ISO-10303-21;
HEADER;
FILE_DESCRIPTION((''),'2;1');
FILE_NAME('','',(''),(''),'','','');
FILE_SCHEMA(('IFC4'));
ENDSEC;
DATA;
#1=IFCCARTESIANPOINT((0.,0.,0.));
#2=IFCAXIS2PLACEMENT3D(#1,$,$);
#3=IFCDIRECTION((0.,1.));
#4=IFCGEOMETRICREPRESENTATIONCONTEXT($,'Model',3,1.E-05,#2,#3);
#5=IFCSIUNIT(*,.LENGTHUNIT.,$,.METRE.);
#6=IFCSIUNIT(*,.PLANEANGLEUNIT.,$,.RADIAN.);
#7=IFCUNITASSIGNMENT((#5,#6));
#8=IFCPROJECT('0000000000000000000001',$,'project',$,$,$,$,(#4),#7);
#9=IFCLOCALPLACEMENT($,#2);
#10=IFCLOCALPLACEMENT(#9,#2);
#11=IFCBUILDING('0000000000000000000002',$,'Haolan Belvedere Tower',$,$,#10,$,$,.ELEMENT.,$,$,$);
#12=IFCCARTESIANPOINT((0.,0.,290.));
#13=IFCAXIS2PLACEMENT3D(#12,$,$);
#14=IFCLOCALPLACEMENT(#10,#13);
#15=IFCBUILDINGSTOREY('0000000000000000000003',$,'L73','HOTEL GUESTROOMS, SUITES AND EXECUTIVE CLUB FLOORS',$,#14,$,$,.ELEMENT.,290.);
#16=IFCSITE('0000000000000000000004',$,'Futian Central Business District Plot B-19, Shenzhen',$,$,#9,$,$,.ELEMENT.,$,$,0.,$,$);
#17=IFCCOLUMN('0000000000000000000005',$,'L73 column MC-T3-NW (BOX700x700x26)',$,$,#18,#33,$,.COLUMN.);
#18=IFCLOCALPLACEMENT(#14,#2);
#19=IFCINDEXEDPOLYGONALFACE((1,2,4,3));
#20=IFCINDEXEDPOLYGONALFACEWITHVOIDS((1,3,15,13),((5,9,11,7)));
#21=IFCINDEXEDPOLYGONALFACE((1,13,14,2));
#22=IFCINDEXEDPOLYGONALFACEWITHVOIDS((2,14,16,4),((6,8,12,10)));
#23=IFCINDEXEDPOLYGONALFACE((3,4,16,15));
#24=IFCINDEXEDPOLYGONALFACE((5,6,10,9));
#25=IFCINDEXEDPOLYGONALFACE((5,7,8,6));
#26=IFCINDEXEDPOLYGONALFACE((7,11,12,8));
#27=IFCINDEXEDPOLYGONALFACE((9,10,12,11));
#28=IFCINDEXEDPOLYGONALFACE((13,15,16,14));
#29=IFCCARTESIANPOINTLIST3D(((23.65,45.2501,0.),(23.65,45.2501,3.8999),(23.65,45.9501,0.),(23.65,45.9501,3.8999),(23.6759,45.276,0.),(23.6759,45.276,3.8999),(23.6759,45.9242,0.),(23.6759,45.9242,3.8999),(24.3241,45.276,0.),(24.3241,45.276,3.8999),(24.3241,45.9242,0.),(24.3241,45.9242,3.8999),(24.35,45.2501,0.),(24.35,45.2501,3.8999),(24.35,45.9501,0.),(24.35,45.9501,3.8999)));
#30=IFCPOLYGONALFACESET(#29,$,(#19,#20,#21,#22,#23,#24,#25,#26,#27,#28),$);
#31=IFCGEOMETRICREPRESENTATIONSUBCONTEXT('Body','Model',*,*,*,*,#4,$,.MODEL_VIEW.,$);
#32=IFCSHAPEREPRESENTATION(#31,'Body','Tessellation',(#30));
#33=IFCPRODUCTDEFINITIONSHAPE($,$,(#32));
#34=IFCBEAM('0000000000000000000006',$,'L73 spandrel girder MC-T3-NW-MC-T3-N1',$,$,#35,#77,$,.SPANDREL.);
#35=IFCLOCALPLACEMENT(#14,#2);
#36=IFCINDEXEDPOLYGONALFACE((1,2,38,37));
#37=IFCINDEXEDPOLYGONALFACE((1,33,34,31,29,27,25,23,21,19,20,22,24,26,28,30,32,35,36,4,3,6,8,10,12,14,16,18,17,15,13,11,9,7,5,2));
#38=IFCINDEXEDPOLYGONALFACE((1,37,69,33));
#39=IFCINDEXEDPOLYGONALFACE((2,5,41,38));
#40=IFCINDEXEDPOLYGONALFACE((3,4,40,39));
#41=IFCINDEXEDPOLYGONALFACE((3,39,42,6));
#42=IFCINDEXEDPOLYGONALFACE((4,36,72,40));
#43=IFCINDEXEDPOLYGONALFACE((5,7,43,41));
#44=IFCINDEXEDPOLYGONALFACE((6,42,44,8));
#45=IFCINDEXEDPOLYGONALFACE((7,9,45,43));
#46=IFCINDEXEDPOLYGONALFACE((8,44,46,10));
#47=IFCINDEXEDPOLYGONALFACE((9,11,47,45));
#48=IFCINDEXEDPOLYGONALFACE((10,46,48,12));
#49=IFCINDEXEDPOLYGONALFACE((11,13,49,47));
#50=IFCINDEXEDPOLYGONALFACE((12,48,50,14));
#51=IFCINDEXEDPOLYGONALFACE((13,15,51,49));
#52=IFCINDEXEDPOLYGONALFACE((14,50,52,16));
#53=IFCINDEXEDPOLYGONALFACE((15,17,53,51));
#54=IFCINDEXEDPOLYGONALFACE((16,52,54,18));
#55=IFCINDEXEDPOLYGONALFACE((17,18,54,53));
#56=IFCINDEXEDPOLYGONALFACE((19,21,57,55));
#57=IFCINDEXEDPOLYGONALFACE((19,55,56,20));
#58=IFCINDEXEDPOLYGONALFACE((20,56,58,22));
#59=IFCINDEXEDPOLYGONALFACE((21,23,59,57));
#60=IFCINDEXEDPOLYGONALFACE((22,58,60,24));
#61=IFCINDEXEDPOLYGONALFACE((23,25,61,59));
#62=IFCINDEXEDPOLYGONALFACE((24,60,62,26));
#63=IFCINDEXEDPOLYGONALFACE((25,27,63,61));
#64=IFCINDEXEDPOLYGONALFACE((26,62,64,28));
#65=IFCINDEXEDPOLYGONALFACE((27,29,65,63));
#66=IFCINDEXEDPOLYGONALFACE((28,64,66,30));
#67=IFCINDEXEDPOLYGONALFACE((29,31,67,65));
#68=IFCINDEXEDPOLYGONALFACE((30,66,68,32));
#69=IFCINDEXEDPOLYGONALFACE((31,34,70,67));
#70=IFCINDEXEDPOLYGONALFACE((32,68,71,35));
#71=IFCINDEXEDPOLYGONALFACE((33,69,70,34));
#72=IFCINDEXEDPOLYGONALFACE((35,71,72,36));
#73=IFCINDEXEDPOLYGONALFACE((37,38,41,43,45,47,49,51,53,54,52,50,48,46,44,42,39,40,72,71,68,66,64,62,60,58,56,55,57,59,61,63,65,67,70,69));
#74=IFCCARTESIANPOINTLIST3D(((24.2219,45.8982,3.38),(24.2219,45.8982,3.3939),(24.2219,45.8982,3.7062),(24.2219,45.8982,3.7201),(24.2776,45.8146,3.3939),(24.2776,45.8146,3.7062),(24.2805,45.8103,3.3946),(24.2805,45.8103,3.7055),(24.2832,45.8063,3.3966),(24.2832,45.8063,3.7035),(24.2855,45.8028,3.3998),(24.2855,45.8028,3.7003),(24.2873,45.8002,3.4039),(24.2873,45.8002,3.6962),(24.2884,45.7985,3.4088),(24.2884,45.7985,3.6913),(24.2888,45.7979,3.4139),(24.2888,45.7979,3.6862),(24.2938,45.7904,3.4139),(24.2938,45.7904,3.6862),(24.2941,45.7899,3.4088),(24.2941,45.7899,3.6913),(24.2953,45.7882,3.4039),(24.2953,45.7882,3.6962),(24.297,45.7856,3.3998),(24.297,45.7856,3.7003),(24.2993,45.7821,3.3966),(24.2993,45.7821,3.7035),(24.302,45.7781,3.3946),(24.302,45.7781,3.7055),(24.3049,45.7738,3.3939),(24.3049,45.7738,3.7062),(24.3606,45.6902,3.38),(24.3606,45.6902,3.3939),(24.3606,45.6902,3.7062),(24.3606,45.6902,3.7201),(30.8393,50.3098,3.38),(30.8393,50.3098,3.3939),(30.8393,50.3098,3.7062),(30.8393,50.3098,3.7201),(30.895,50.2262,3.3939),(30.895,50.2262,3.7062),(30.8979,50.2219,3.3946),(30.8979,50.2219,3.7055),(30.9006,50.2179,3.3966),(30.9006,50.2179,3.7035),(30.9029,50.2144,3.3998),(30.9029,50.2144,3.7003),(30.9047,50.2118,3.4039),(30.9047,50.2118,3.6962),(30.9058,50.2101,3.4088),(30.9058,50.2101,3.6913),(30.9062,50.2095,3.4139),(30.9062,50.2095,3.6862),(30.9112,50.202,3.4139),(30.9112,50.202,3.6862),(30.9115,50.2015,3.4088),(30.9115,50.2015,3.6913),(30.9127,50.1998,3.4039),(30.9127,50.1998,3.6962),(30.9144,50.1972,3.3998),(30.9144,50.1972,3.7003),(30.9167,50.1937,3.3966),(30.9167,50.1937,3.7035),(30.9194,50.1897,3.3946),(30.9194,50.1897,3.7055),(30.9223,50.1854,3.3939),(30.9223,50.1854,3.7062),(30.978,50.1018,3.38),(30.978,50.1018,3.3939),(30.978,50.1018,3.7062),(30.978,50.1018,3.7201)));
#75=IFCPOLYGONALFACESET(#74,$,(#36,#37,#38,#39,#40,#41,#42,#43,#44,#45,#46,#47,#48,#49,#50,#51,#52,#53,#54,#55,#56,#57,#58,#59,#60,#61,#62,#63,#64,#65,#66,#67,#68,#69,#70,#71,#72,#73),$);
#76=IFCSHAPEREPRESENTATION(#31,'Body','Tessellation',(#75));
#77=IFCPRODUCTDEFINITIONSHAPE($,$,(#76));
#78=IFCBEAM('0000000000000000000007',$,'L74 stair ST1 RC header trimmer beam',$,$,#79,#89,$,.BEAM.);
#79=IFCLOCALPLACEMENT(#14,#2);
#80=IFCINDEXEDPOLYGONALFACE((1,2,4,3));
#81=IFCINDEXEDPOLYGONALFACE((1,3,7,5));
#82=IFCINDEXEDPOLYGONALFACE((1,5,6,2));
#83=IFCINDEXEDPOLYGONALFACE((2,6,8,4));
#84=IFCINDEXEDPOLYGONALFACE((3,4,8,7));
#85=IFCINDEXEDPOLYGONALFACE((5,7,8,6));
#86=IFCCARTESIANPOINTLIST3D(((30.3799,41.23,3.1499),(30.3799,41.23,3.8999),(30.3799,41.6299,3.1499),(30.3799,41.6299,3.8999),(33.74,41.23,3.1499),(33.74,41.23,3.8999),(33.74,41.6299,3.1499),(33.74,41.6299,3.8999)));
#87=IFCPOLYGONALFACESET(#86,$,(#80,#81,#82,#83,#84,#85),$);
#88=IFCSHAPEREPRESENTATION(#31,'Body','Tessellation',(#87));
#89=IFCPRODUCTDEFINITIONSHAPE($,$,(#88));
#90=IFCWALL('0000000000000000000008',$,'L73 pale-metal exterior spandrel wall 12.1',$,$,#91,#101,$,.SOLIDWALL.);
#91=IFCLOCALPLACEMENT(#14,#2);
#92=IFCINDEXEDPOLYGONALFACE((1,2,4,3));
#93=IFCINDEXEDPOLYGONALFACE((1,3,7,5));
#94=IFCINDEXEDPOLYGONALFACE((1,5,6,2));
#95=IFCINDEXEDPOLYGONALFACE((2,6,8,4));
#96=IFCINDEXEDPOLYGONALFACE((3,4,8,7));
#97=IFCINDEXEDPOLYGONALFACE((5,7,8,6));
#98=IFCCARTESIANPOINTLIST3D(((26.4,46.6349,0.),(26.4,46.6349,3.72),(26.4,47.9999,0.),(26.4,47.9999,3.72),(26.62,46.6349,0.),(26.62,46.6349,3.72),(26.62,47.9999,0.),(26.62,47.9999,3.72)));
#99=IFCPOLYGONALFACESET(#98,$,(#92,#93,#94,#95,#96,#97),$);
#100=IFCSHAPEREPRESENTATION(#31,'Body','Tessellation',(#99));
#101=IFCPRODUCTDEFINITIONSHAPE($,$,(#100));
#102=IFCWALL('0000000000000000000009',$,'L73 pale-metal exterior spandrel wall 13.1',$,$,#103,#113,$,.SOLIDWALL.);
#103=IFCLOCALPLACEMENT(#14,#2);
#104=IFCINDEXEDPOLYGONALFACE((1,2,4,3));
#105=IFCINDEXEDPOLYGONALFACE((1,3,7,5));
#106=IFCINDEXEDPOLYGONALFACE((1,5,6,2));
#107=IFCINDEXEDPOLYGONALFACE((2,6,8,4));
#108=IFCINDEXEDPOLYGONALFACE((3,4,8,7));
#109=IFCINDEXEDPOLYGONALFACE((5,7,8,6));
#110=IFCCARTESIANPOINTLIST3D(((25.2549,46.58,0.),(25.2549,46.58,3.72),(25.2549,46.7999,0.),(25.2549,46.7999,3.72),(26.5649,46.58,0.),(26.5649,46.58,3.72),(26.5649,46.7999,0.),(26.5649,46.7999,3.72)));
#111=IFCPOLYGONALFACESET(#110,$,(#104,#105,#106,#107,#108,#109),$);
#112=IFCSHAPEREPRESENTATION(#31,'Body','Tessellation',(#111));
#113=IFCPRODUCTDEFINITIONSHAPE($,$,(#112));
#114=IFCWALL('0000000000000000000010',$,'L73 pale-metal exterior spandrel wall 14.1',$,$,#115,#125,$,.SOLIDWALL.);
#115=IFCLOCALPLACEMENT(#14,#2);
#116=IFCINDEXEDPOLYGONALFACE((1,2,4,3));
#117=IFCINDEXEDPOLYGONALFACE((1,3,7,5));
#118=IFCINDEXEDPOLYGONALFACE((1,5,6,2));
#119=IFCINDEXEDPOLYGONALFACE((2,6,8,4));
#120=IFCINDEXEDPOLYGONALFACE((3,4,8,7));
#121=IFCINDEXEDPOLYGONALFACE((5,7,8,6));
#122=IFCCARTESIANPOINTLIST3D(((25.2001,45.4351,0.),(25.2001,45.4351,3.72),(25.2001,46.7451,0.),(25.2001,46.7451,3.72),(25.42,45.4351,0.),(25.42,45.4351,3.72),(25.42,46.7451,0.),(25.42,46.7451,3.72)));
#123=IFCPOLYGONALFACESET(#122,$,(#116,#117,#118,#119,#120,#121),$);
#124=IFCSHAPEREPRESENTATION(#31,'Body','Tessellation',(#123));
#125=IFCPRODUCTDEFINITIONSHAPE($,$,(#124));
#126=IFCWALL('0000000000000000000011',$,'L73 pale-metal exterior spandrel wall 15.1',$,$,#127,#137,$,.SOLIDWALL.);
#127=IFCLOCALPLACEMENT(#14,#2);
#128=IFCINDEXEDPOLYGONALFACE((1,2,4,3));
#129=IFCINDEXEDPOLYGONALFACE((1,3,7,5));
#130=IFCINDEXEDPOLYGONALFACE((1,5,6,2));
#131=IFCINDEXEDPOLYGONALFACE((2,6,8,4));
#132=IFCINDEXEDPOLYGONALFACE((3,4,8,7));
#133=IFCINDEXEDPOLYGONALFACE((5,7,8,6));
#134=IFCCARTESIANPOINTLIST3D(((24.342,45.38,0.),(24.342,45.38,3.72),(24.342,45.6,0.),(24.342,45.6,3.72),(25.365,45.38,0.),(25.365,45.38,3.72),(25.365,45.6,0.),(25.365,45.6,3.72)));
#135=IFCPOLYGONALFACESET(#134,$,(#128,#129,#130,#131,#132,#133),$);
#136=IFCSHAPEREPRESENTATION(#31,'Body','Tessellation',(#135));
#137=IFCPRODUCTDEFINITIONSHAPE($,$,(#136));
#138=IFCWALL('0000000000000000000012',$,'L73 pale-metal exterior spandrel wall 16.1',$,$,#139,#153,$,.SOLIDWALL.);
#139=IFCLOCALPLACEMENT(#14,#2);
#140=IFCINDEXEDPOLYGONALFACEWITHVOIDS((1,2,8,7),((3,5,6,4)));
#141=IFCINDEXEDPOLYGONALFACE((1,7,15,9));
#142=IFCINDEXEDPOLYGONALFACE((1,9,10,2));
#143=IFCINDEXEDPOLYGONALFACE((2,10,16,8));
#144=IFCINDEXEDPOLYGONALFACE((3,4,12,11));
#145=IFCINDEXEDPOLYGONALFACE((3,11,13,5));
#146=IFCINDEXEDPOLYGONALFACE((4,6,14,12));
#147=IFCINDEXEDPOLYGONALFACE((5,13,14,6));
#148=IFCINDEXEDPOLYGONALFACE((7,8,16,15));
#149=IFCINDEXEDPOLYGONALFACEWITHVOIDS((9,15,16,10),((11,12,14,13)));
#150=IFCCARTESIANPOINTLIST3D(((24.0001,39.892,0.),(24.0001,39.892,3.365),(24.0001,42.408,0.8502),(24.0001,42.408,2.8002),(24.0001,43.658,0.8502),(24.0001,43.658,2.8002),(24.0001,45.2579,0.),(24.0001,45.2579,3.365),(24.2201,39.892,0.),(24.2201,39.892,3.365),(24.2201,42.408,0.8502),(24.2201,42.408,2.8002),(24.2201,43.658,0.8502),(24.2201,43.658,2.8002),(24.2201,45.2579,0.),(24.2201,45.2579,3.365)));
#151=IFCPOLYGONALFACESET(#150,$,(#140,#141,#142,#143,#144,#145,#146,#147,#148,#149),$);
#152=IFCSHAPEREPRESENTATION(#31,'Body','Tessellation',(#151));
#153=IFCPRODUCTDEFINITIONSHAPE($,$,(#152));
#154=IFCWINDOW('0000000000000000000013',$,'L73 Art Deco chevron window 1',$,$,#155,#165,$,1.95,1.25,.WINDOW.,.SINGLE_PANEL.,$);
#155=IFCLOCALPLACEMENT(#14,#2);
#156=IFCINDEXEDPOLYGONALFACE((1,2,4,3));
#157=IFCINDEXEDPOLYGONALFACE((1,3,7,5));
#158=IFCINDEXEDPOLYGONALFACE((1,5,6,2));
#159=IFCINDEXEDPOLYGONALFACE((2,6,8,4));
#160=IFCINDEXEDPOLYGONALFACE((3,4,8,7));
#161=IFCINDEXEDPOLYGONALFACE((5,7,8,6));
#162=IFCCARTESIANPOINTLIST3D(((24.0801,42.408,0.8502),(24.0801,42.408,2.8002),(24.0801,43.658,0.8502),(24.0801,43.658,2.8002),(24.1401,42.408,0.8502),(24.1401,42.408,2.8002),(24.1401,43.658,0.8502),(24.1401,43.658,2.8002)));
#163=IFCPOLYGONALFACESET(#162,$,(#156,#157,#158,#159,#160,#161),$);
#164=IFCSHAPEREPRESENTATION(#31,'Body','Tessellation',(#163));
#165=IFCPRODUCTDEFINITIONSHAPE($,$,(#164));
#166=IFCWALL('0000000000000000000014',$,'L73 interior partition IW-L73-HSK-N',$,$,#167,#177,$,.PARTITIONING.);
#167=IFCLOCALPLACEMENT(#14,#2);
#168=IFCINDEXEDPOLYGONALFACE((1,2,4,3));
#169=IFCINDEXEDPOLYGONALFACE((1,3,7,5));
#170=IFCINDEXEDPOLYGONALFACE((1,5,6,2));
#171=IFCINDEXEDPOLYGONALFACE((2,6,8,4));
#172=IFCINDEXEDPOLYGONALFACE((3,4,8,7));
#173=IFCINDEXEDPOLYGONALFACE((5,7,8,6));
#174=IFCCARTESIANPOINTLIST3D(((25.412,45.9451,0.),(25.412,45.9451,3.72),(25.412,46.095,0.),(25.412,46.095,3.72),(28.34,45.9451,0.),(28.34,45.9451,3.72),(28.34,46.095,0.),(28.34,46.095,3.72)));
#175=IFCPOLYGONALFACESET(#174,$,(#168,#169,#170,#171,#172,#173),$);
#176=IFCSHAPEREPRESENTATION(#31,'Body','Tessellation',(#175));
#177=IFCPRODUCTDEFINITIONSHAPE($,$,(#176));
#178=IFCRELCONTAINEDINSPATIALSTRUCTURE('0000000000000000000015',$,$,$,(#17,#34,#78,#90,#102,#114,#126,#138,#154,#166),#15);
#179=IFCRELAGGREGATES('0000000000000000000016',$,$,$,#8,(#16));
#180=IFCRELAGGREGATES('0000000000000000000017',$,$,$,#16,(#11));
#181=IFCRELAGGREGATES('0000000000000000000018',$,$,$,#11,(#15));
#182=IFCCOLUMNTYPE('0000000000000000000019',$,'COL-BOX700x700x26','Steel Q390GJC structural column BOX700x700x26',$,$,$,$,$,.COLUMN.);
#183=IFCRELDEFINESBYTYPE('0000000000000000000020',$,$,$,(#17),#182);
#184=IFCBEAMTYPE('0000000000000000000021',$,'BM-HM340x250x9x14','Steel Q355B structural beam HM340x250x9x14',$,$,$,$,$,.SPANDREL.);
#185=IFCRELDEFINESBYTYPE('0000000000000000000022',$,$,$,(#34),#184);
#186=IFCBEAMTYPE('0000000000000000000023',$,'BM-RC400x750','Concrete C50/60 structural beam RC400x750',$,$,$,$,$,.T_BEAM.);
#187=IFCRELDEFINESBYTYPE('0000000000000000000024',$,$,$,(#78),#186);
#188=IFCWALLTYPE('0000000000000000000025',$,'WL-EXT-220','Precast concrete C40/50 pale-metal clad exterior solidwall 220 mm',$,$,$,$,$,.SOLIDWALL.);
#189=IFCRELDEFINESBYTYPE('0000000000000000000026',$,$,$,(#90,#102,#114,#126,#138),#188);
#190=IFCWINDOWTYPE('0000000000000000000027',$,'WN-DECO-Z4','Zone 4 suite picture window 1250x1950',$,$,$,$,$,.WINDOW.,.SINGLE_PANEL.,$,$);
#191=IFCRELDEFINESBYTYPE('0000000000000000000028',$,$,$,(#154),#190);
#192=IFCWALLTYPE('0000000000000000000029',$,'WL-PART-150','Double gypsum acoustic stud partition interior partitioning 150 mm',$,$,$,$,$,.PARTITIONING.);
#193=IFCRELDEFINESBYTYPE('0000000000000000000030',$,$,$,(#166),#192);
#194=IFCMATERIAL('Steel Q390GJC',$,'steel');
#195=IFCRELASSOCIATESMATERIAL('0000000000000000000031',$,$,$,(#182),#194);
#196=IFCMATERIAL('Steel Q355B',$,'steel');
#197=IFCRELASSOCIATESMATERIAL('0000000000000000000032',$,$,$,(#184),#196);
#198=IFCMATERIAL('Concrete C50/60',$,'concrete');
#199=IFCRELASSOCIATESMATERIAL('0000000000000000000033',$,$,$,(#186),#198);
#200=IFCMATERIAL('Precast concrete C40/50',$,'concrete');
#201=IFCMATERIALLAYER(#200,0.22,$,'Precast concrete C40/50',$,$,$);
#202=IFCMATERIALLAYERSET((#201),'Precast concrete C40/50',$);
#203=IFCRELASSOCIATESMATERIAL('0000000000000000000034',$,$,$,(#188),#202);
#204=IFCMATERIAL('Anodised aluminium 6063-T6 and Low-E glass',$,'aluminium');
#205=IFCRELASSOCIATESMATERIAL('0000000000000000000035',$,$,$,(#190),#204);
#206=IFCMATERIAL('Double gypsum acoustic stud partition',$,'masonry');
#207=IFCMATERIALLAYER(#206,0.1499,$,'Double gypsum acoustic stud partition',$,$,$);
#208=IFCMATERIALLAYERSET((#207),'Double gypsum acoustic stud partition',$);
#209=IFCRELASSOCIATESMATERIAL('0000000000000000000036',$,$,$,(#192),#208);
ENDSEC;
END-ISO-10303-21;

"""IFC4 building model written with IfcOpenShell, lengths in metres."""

from ifc_helpers import new_model, si_unit, direction, frame, frame_2d, origin, origin_2d, place, context, subcontext, project, spatial, rectangle, hollow_rectangle, i_section, extrude, material, layer, layer_set, material_profile, profile_set, type_object, element, fill, save


model = new_model("IFC4")

# Units and contexts
model_context = context("Model", 3, precision=1e-05, world=origin(), true_north=direction((0.0, 1.0)))
body_context = subcontext(model_context, "Body", "Model", "MODEL_VIEW")
ifc_project = project(units=[si_unit("LENGTHUNIT", "METRE"), si_unit("PLANEANGLEUNIT", "RADIAN")], contexts=[model_context])

# Site, building, storey
site_placement = place(None, origin())
site = spatial("IfcSite", under=ifc_project, at=site_placement, Name="Futian Central Business District Plot B-19, Shenzhen", CompositionType="ELEMENT", RefElevation=0.0)
building_placement = place(site_placement, origin())
building = spatial("IfcBuilding", under=site, at=building_placement, Name="Haolan Belvedere Tower", CompositionType="ELEMENT")
storey_placement = place(building_placement, frame((0.0, 0.0, 290.0)))
storey = spatial("IfcBuildingStorey", under=building, at=storey_placement, Name="L73", Description="HOTEL GUESTROOMS, SUITES AND EXECUTIVE CLUB FLOORS", CompositionType="ELEMENT", Elevation=290.0)

# Column
ifc_material_1 = material(Name="Steel Q390GJC", Category="steel")
ifc_material_profile_1 = material_profile(ifc_material_1, hollow_rectangle(XDim=0.7, YDim=0.7, WallThickness=0.0259, at=origin_2d()), Name="Steel Q390GJC")
ifc_profile_set_1 = profile_set([ifc_material_profile_1], Name="Steel Q390GJC")
column_type = type_object("IfcColumnType", Name="COL-BOX700x700x26", Description="Steel Q390GJC structural column BOX700x700x26", PredefinedType="COLUMN", material=ifc_profile_set_1)
column_placement = place(storey_placement, frame((24.0, 45.6001, 0.0), z_axis=(0.0, 0.0, 1.0), x_axis=(1.0, 0.0, 0.0)))
element("IfcColumn", 1, at=column_placement, inside=storey, type_object=column_type, Name="L73 column MC-T3-NW (BOX700x700x26)", PredefinedType="COLUMN", context=body_context, shape_type="SweptSolid", body=[
    extrude(hollow_rectangle(XDim=0.7, YDim=0.7, WallThickness=0.0259, at=origin_2d()), origin(), (0.0, 0.0, 1.0), 3.8999),
])

# Beams
ifc_material_2 = material(Name="Steel Q355B", Category="steel")
ifc_material_profile_2 = material_profile(ifc_material_2, i_section(OverallWidth=0.25, OverallDepth=0.3401, WebThickness=0.009, FlangeThickness=0.0139, FilletRadius=0.02, at=origin_2d()), Name="Steel Q355B")
ifc_profile_set_2 = profile_set([ifc_material_profile_2], Name="Steel Q355B")
beam_type_1 = type_object("IfcBeamType", Name="BM-HM340x250x9x14", Description="Steel Q355B structural beam HM340x250x9x14", PredefinedType="SPANDREL", material=ifc_profile_set_2)
beam_1_placement = place(storey_placement, frame((24.2913, 45.7942, 3.55), z_axis=(0.83205, 0.5547, 0.0), x_axis=(-0.5547, 0.83205, 0.0)))
element("IfcBeam", 2, at=beam_1_placement, inside=storey, type_object=beam_type_1, Name="L73 spandrel girder MC-T3-NW-MC-T3-N1", PredefinedType="SPANDREL", context=body_context, shape_type="SweptSolid", body=[
    extrude(i_section(OverallWidth=0.25, OverallDepth=0.3401, WebThickness=0.009, FlangeThickness=0.0139, FilletRadius=0.02, at=origin_2d()), origin(), (0.0, 0.0, 1.0), 7.9531),
])
ifc_material_3 = material(Name="Concrete C50/60", Category="concrete")
ifc_material_profile_3 = material_profile(ifc_material_3, rectangle(XDim=0.3999, YDim=0.75, at=origin_2d()), Name="Concrete C50/60")
ifc_profile_set_3 = profile_set([ifc_material_profile_3], Name="Concrete C50/60")
beam_type_2 = type_object("IfcBeamType", Name="BM-RC400x750", Description="Concrete C50/60 structural beam RC400x750", PredefinedType="T_BEAM", material=ifc_profile_set_3)
beam_2_placement = place(storey_placement, frame((30.3799, 41.4299, 3.5249), z_axis=(1.0, 0.0, 0.0), x_axis=(0.0, 1.0, 0.0)))
element("IfcBeam", 3, at=beam_2_placement, inside=storey, type_object=beam_type_2, Name="L74 stair ST1 RC header trimmer beam", PredefinedType="BEAM", context=body_context, shape_type="SweptSolid", body=[
    extrude(rectangle(XDim=0.3999, YDim=0.75, at=origin_2d()), origin(), (0.0, 0.0, 1.0), 3.3601),
])

# Walls
ifc_material_4 = material(Name="Precast concrete C40/50", Category="concrete")
ifc_layer_1 = layer(ifc_material_4, 0.22, Name="Precast concrete C40/50")
ifc_layer_set_1 = layer_set([ifc_layer_1], Name="Precast concrete C40/50")
wall_type_1 = type_object("IfcWallType", Name="WL-EXT-220", Description="Precast concrete C40/50 pale-metal clad exterior solidwall 220 mm", PredefinedType="SOLIDWALL", material=ifc_layer_set_1)
wall_1_placement = place(storey_placement, frame((26.51, 48.0, 0.0), z_axis=(0.0, 0.0, 1.0), x_axis=(0.0, -1.0, 0.0)))
element("IfcWall", 4, at=wall_1_placement, inside=storey, type_object=wall_type_1, Name="L73 pale-metal exterior spandrel wall 12.1", PredefinedType="SOLIDWALL", context=body_context, shape_type="SweptSolid", body=[
    extrude(rectangle(XDim=1.365, YDim=0.22, at=frame_2d((0.6826, 0.0))), origin(), (0.0, 0.0, 1.0), 3.72),
])
for number, where, z_axis, x_axis, name in (
    (5, (26.5649, 46.6899, 0.0), (0.0, 0.0, 1.0), (-1.0, 0.0, 0.0), "L73 pale-metal exterior spandrel wall 13.1"),
    (6, (25.3101, 46.7451, 0.0), (0.0, 0.0, 1.0), (0.0, -1.0, 0.0), "L73 pale-metal exterior spandrel wall 14.1"),
):
    element("IfcWall", number, at=place(storey_placement, frame(where, z_axis=z_axis, x_axis=x_axis)), inside=storey, type_object=wall_type_1, Name=name, PredefinedType="SOLIDWALL", context=body_context, shape_type="SweptSolid", body=[
        extrude(rectangle(XDim=1.3101, YDim=0.22, at=frame_2d((0.655, 0.0))), origin(), (0.0, 0.0, 1.0), 3.72),
    ])
wall_2_placement = place(storey_placement, frame((25.365, 45.49, 0.0), z_axis=(0.0, 0.0, 1.0), x_axis=(-1.0, 0.0, 0.0)))
element("IfcWall", 7, at=wall_2_placement, inside=storey, type_object=wall_type_1, Name="L73 pale-metal exterior spandrel wall 15.1", PredefinedType="SOLIDWALL", context=body_context, shape_type="SweptSolid", body=[
    extrude(rectangle(XDim=1.0229, YDim=0.22, at=frame_2d((0.5115, 0.0))), origin(), (0.0, 0.0, 1.0), 3.72),
])

# Wall, opening, window
wall_3_placement = place(storey_placement, frame((24.1101, 45.2581, 0.0), z_axis=(0.0, 0.0, 1.0), x_axis=(0.0, -1.0, 0.0)))
wall_3 = element("IfcWall", 8, at=wall_3_placement, inside=storey, type_object=wall_type_1, Name="L73 pale-metal exterior spandrel wall 16.1", PredefinedType="SOLIDWALL", context=body_context, shape_type="SweptSolid", body=[
    extrude(rectangle(XDim=5.366, YDim=0.22, at=frame_2d((2.6831, 0.0))), origin(), (0.0, 0.0, 1.0), 3.365),
])
opening_1_placement = place(wall_3_placement, frame((1.6001, 0.0, 0.8501)))
opening_1 = element("IfcOpeningElement", 9, at=opening_1_placement, cuts=wall_3, PredefinedType="OPENING", context=body_context, shape_type="SweptSolid", body=[
    extrude(rectangle(XDim=1.25, YDim=1.95, at=frame_2d((0.625, 0.9751))), frame((0.0, 0.1199, 0.0), z_axis=(0.0, -1.0, 0.0), x_axis=(1.0, 0.0, 0.0)), (0.0, 0.0, 1.0), 0.24),
])
ifc_material_5 = material(Name="Anodised aluminium 6063-T6 and Low-E glass", Category="aluminium")
window_type = type_object("IfcWindowType", Name="WN-DECO-Z4", Description="Zone 4 suite picture window 1250x1950", PartitioningType="SINGLE_PANEL", PredefinedType="WINDOW", material=ifc_material_5)
window_placement = place(opening_1_placement, origin())
window = element("IfcWindow", 10, at=window_placement, inside=storey, type_object=window_type, Name="L73 Art Deco chevron window 1", OverallHeight=1.95, OverallWidth=1.25, PartitioningType="SINGLE_PANEL", PredefinedType="WINDOW", context=body_context, shape_type="SweptSolid", body=[
    extrude(rectangle(XDim=1.25, YDim=1.95, at=frame_2d((0.625, 0.9751))), frame((0.0, 0.03, 0.0), z_axis=(0.0, -1.0, 0.0), x_axis=(1.0, 0.0, 0.0)), (0.0, 0.0, 1.0), 0.0601),
])
fill(opening_1, window)

# Wall
ifc_material_6 = material(Name="Double gypsum acoustic stud partition", Category="masonry")
ifc_layer_2 = layer(ifc_material_6, 0.1499, Name="Double gypsum acoustic stud partition")
ifc_layer_set_2 = layer_set([ifc_layer_2], Name="Double gypsum acoustic stud partition")
wall_type_2 = type_object("IfcWallType", Name="WL-PART-150", Description="Double gypsum acoustic stud partition interior partitioning 150 mm", PredefinedType="PARTITIONING", material=ifc_layer_set_2)
wall_4_placement = place(storey_placement, frame((25.4121, 46.02, 0.0), z_axis=(0.0, 0.0, 1.0), x_axis=(1.0, 0.0, 0.0)))
element("IfcWall", 11, at=wall_4_placement, inside=storey, type_object=wall_type_2, Name="L73 interior partition IW-L73-HSK-N", PredefinedType="PARTITIONING", context=body_context, shape_type="SweptSolid", body=[
    extrude(rectangle(XDim=2.928, YDim=0.1499, at=frame_2d((1.4639, 0.0))), origin(), (0.0, 0.0, 1.0), 3.72),
])

save(model, "model.ifc")
